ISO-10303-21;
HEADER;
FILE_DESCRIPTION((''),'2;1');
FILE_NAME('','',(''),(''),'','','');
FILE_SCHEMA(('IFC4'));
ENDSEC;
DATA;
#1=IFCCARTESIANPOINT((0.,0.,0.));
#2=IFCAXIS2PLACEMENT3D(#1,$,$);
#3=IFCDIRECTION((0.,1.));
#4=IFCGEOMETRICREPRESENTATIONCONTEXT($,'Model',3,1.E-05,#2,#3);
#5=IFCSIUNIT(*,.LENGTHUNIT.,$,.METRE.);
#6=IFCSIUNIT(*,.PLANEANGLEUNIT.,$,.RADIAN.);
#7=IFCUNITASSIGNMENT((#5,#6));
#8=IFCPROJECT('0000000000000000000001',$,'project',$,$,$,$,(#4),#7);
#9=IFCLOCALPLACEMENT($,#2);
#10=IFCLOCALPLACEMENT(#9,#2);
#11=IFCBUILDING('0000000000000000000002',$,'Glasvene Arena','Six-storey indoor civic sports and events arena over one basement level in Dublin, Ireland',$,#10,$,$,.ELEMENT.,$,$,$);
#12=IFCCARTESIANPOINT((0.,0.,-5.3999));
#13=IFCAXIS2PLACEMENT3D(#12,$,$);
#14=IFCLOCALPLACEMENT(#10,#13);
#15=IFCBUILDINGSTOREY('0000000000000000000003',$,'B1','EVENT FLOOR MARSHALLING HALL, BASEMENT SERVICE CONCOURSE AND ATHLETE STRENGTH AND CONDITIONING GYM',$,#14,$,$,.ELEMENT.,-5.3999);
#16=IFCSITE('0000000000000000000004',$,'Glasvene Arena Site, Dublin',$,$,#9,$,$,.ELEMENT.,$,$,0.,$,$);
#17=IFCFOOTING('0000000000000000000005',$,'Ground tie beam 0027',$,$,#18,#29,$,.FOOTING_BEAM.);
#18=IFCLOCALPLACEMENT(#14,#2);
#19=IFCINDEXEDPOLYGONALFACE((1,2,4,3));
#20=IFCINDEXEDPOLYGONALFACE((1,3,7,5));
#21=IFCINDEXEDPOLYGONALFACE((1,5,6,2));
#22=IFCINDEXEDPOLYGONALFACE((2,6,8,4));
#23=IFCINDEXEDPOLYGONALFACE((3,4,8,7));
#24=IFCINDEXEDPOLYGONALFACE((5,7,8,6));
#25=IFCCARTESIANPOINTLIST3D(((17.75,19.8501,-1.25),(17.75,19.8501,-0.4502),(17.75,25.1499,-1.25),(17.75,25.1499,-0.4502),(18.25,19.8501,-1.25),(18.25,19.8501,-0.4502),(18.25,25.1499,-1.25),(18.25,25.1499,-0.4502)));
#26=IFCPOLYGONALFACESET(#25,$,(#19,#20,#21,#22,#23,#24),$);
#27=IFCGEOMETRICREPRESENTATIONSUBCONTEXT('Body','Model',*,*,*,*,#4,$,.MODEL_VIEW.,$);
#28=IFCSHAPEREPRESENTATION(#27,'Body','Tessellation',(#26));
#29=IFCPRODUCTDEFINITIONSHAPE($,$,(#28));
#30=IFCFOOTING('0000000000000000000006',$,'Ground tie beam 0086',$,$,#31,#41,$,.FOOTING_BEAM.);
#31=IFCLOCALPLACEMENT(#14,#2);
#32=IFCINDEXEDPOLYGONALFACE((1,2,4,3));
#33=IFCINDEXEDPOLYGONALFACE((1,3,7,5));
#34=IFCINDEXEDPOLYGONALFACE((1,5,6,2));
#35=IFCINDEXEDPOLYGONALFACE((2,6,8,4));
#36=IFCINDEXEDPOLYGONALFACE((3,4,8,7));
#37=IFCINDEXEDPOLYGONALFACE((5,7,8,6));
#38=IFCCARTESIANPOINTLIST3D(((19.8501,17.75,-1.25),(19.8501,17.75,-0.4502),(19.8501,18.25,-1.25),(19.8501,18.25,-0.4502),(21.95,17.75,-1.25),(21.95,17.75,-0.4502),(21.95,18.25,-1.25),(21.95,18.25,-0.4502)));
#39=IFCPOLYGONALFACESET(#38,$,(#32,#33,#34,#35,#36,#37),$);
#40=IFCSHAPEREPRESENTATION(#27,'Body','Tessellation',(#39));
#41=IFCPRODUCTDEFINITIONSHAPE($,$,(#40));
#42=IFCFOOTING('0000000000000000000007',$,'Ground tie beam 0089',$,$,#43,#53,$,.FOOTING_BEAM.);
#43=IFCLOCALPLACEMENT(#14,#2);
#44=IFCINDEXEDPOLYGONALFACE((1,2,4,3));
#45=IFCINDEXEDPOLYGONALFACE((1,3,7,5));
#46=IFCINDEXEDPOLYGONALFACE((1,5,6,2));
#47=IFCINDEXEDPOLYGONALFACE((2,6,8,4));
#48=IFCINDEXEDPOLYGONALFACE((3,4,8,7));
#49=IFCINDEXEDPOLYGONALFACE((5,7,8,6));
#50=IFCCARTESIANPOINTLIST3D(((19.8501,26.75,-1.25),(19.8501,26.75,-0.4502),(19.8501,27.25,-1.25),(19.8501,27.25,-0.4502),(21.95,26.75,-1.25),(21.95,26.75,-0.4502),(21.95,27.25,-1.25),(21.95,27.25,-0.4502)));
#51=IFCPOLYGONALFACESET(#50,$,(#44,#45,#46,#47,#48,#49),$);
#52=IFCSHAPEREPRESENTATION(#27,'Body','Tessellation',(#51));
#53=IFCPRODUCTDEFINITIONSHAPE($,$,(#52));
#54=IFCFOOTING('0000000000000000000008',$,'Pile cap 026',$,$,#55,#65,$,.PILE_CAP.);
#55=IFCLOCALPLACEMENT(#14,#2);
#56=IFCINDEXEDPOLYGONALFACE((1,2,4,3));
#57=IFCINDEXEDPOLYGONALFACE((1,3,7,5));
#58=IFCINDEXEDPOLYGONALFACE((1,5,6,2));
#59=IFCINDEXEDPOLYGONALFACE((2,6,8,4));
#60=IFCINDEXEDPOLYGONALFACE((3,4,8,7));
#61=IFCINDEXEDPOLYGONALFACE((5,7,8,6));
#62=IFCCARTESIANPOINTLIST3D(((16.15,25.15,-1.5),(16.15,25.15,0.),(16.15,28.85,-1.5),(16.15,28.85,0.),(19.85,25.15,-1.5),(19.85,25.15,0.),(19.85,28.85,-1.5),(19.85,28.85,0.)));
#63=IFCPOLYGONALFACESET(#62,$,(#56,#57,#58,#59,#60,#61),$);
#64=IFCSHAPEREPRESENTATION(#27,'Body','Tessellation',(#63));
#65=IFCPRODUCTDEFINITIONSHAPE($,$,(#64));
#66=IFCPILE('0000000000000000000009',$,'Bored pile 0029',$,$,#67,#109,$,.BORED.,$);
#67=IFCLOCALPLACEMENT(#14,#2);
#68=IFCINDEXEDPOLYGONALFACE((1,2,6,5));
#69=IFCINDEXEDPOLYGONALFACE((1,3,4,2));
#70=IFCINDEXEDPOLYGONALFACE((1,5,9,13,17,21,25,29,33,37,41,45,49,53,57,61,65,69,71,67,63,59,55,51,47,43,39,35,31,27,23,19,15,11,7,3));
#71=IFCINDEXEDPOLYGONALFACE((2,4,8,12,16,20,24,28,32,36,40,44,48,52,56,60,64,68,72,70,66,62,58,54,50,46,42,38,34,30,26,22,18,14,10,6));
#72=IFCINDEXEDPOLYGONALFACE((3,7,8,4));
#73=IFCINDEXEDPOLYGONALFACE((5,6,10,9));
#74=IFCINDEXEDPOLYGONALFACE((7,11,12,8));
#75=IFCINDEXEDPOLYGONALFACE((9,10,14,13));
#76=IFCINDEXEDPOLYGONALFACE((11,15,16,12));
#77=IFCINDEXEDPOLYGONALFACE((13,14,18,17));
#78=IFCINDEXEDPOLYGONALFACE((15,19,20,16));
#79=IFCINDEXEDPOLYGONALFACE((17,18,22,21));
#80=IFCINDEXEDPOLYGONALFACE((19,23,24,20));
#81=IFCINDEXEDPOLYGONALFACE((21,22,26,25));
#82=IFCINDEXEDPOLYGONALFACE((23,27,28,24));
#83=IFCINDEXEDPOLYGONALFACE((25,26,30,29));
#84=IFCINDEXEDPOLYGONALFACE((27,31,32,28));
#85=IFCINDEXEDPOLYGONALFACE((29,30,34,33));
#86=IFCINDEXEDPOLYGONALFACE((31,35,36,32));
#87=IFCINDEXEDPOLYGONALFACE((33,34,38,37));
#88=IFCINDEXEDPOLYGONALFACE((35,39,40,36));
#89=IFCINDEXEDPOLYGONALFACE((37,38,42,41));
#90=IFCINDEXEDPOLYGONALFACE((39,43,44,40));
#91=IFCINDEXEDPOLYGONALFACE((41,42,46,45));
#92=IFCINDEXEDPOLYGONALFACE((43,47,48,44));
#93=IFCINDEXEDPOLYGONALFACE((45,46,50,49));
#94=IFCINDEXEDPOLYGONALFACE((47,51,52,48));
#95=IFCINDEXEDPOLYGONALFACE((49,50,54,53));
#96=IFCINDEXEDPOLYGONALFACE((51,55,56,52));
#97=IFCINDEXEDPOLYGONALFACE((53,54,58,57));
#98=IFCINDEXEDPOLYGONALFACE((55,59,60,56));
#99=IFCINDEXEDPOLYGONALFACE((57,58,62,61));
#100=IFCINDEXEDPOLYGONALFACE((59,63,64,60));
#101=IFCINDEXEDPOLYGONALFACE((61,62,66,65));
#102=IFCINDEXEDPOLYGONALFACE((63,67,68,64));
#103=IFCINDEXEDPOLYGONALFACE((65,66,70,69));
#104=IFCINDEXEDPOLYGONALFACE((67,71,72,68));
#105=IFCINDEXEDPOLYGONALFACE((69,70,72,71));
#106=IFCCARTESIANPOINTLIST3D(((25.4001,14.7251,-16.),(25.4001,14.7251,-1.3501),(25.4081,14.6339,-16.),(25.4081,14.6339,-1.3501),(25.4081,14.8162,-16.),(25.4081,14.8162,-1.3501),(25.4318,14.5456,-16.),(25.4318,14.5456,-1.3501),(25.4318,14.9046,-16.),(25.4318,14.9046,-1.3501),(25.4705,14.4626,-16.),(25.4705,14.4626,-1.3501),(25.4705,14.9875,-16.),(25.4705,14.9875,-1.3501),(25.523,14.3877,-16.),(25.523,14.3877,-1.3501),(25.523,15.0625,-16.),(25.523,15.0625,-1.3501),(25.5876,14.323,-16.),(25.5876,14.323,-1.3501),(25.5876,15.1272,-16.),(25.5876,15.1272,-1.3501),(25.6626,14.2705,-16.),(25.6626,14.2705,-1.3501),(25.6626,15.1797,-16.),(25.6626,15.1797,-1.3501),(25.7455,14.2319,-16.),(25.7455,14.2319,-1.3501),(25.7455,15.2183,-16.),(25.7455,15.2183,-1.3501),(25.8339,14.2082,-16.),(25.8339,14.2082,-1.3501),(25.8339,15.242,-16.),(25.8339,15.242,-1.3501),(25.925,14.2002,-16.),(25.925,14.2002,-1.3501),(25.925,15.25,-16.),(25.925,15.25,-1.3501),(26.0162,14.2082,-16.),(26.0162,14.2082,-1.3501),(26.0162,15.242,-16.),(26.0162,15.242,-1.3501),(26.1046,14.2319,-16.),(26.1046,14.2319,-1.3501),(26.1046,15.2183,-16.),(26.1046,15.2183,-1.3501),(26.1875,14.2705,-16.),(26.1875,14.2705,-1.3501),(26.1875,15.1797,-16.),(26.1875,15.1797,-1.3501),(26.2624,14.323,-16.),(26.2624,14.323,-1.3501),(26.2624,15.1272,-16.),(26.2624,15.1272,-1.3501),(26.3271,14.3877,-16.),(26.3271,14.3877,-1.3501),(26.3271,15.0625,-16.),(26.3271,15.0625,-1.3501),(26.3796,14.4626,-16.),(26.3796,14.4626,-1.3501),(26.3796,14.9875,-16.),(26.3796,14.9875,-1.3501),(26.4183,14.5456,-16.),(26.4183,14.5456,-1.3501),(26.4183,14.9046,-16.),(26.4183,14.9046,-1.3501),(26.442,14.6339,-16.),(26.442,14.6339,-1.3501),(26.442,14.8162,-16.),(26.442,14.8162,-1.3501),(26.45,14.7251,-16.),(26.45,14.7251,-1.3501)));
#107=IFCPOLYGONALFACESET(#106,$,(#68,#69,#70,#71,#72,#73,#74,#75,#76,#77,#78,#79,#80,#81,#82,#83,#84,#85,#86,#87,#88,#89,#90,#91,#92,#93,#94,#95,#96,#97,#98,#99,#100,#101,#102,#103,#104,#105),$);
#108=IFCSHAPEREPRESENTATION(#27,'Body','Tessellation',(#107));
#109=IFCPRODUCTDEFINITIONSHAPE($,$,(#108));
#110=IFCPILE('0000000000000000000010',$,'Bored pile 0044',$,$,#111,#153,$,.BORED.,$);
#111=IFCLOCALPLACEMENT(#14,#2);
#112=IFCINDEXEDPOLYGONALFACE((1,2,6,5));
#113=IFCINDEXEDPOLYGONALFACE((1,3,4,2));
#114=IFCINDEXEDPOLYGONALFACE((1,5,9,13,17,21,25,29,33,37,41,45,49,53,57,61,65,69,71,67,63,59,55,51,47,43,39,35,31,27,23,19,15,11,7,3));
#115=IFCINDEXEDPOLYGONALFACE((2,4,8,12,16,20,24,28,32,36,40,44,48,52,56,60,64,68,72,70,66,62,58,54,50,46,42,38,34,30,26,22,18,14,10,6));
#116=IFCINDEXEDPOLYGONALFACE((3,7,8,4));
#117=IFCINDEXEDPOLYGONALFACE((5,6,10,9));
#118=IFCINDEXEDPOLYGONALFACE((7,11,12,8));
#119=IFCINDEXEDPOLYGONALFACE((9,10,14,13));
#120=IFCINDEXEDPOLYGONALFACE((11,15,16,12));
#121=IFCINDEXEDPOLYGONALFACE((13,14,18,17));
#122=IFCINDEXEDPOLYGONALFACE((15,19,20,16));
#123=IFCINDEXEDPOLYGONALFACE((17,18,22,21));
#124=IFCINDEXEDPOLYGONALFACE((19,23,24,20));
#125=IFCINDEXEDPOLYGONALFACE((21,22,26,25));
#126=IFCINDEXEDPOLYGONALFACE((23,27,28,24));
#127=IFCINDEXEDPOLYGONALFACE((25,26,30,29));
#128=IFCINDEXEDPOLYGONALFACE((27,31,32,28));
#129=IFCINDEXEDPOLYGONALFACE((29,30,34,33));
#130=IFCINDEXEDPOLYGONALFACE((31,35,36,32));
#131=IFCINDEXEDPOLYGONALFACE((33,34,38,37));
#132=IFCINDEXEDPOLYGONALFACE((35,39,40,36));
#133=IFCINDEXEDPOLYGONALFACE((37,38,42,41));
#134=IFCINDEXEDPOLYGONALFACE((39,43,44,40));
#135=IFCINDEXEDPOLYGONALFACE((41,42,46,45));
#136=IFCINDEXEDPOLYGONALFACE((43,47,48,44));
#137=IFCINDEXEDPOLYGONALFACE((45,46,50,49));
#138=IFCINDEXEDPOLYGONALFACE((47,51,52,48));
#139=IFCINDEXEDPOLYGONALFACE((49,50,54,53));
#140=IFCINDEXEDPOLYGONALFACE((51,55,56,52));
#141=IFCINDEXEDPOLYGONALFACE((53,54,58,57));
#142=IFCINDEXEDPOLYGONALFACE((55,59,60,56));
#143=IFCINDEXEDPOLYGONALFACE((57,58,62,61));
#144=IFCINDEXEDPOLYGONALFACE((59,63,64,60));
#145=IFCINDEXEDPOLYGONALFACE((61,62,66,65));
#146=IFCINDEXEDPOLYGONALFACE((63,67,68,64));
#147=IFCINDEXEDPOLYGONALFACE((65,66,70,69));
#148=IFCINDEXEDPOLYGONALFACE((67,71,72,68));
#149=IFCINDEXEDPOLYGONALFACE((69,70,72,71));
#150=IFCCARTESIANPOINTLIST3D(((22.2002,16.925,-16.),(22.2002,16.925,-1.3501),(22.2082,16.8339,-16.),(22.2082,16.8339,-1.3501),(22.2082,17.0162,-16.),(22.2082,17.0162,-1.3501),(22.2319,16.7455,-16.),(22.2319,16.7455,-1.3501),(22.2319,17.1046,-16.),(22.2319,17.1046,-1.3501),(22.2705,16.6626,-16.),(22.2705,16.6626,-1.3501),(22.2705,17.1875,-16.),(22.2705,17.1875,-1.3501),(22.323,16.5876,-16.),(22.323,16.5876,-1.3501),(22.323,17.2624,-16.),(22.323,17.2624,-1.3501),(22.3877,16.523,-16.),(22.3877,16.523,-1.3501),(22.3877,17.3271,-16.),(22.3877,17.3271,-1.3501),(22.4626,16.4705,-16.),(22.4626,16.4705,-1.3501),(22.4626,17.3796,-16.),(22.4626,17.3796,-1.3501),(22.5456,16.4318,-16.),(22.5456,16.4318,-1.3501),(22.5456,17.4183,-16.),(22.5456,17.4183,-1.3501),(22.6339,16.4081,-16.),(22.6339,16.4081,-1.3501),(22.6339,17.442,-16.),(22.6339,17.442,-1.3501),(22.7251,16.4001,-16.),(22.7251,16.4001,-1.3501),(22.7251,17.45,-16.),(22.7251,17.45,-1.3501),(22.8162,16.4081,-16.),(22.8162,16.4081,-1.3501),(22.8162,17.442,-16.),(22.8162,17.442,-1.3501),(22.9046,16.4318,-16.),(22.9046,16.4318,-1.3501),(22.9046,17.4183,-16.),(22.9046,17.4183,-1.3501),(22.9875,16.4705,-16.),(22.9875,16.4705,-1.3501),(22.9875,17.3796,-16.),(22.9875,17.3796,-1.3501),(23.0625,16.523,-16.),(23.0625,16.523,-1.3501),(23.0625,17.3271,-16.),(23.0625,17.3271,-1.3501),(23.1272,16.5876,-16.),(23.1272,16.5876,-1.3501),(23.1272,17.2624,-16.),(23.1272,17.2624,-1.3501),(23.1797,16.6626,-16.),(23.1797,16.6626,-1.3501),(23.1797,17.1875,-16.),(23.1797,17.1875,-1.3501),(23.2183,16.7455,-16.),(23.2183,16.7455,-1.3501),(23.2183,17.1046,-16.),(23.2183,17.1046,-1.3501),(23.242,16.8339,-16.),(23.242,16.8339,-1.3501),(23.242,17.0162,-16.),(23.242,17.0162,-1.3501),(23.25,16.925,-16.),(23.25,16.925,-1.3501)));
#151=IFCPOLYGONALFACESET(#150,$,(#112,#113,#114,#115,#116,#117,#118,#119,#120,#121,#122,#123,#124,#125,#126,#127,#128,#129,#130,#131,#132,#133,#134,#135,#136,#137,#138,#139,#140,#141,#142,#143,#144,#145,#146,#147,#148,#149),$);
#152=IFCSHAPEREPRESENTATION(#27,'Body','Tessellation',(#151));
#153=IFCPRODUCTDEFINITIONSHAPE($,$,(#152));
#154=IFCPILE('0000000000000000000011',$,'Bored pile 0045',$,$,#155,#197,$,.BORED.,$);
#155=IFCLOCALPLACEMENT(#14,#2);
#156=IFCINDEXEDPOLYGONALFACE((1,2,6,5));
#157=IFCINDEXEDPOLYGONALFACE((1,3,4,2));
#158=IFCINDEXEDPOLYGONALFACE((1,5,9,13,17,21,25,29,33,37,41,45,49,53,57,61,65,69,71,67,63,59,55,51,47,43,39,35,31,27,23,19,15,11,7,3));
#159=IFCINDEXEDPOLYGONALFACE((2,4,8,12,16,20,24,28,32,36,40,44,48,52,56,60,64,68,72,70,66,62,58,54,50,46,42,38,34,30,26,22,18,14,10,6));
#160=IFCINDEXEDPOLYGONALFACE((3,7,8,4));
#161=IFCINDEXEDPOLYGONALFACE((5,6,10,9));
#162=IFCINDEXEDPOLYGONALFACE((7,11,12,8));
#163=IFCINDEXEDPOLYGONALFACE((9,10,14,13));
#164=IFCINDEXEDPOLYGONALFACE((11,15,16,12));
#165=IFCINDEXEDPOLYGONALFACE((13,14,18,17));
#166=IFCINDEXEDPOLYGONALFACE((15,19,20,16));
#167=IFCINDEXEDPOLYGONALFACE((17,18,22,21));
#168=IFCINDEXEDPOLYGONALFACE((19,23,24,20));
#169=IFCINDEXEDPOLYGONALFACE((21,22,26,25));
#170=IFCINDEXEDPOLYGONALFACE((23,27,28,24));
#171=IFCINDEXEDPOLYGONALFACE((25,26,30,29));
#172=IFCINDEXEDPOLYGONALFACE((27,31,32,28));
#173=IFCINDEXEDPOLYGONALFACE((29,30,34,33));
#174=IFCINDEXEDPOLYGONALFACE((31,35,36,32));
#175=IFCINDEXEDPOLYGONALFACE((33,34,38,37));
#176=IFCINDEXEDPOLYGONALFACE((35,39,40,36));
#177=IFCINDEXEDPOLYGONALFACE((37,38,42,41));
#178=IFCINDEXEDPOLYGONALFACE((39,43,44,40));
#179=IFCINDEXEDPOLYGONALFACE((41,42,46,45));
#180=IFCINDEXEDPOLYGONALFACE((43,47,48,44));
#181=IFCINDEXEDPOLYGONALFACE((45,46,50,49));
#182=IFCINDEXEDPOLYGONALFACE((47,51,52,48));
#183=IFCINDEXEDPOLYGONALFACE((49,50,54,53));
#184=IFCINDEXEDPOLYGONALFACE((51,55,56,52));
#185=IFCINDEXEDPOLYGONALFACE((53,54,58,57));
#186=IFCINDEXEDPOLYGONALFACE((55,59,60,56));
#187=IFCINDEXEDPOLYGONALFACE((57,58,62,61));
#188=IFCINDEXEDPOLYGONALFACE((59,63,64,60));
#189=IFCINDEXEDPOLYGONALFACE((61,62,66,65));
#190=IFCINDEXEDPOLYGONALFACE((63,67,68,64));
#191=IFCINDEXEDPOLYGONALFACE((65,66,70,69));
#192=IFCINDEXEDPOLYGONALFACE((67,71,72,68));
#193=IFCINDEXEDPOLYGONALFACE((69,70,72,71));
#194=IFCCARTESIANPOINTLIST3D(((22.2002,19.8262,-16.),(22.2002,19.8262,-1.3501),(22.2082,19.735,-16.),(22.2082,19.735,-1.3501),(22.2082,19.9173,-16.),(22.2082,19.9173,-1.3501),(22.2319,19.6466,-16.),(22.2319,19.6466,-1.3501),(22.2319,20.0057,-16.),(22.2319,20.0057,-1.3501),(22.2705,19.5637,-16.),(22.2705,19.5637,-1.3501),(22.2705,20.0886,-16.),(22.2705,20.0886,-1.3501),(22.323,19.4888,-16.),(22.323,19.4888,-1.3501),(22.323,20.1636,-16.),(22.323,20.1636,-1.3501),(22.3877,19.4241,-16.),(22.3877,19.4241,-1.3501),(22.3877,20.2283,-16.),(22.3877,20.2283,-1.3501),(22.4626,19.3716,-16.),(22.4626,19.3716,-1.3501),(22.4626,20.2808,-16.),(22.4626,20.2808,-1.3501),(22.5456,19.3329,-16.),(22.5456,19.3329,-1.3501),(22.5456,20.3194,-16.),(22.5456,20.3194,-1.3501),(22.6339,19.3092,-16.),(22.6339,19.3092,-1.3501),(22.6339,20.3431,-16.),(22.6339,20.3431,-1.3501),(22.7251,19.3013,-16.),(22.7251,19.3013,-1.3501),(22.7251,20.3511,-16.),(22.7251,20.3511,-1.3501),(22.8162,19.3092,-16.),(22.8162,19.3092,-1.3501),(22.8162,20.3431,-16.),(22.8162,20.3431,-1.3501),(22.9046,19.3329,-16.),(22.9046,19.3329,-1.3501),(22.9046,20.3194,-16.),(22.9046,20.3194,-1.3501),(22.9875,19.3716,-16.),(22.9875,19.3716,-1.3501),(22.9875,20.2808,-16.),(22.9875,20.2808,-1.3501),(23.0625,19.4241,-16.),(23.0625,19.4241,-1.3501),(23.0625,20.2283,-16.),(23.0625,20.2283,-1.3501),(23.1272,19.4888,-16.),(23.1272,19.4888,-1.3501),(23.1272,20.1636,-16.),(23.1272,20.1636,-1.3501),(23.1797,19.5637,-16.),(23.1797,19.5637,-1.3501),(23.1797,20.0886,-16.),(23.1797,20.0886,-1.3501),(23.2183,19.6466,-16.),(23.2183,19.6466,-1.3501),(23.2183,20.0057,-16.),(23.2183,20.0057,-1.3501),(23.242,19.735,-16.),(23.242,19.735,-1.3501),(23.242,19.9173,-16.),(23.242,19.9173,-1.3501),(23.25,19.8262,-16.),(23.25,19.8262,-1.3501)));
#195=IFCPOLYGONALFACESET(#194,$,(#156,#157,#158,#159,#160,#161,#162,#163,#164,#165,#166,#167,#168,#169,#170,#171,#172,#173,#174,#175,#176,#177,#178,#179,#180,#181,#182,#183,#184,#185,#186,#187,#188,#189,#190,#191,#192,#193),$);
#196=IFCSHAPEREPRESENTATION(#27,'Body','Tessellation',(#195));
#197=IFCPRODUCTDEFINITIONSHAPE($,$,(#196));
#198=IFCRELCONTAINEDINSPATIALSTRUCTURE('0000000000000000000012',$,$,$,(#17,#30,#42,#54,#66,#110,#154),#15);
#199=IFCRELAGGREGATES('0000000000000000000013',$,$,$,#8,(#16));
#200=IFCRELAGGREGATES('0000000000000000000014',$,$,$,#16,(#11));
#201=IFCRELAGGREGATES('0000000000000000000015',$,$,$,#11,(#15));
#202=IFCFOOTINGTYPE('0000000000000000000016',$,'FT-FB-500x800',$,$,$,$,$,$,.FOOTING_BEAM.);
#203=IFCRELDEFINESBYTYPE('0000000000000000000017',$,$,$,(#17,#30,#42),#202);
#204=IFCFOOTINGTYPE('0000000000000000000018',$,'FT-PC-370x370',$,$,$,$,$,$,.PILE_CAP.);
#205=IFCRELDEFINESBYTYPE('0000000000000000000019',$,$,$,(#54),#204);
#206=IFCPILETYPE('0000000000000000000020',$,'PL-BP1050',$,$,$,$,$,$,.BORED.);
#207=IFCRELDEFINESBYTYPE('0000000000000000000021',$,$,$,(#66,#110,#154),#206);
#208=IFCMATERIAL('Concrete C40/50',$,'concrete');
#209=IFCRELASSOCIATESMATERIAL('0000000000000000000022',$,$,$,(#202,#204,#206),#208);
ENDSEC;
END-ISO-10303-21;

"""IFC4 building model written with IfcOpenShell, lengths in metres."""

from ifc_helpers import new_model, si_unit, direction, frame, origin, origin_2d, place, context, subcontext, project, spatial, polyline, rectangle, circle, outline, extrude, material, material_profile, profile_set, type_object, element, save


model = new_model("IFC4")

# Units and contexts
model_context = context("Model", 3, precision=1e-05, world=origin(), true_north=direction((0.0, 1.0)))
body_context = subcontext(model_context, "Body", "Model", "MODEL_VIEW")
ifc_project = project(units=[si_unit("LENGTHUNIT", "METRE"), si_unit("PLANEANGLEUNIT", "RADIAN")], contexts=[model_context])

# Site, building, storey
site_placement = place(None, origin())
site = spatial("IfcSite", under=ifc_project, at=site_placement, Name="Glasvene Arena Site, Dublin", CompositionType="ELEMENT", RefElevation=0.0)
building_placement = place(site_placement, origin())
building = spatial("IfcBuilding", under=site, at=building_placement, Name="Glasvene Arena", Description="Six-storey indoor civic sports and events arena over one basement level in Dublin, Ireland", CompositionType="ELEMENT")
storey_placement = place(building_placement, frame((0.0, 0.0, -5.3999)))
storey = spatial("IfcBuildingStorey", under=building, at=storey_placement, Name="B1", Description="EVENT FLOOR MARSHALLING HALL, BASEMENT SERVICE CONCOURSE AND ATHLETE STRENGTH AND CONDITIONING GYM", CompositionType="ELEMENT", Elevation=-5.3999)

# Footings
ifc_material_1 = material(Name="Concrete C40/50", Category="concrete")
footing_type_1 = type_object("IfcFootingType", Name="FT-FB-500x800", PredefinedType="FOOTING_BEAM", material=ifc_material_1)
footing_1_placement = place(storey_placement, frame((18.0, 22.5, -1.25)))
element("IfcFooting", 1, at=footing_1_placement, inside=storey, type_object=footing_type_1, Name="Ground tie beam 0027", PredefinedType="FOOTING_BEAM", context=body_context, shape_type="SweptSolid", body=[
    extrude(outline(polyline([(-0.25, -2.6499), (0.25, -2.6499), (0.25, 2.6499), (-0.25, 2.6499), (-0.25, -2.6499)])), origin(), (0.0, 0.0, 1.0), 0.7998),
])
for number, where, name in (
    (2, (20.8999, 18.0, -1.25), "Ground tie beam 0086"),
    (3, (20.8999, 27.0, -1.25), "Ground tie beam 0089"),
):
    element("IfcFooting", number, at=place(storey_placement, frame(where)), inside=storey, type_object=footing_type_1, Name=name, PredefinedType="FOOTING_BEAM", context=body_context, shape_type="SweptSolid", body=[
        extrude(outline(polyline([(-1.0498, -0.25), (1.05, -0.25), (1.05, 0.25), (-1.0498, 0.25), (-1.0498, -0.25)])), origin(), (0.0, 0.0, 1.0), 0.7998),
    ])
footing_type_2 = type_object("IfcFootingType", Name="FT-PC-370x370", PredefinedType="PILE_CAP", material=ifc_material_1)
footing_2_placement = place(storey_placement, frame((18.0, 27.0, -1.5), z_axis=(0.0, 0.0, 1.0), x_axis=(1.0, 0.0, 0.0)))
element("IfcFooting", 4, at=footing_2_placement, inside=storey, type_object=footing_type_2, Name="Pile cap 026", PredefinedType="PILE_CAP", context=body_context, shape_type="SweptSolid", body=[
    extrude(rectangle(XDim=3.7, YDim=3.7, at=origin_2d()), origin(), (0.0, 0.0, 1.0), 1.5),
])

# Piles
ifc_material_profile_1 = material_profile(ifc_material_1, circle(Radius=0.5249, at=origin_2d()), Name="BORED PILE 1050")
ifc_profile_set_1 = profile_set([ifc_material_profile_1], Name="Concrete C40/50")
pile_type_1 = type_object("IfcPileType", Name="PL-BP1050", PredefinedType="BORED", material=ifc_profile_set_1)
for number, where, z_axis, x_axis, name in (
    (5, (25.925, 14.7251, -1.3501), (0.0, 0.0, -1.0), (1.0, 0.0, 0.0), "Bored pile 0029"),
    (6, (22.7251, 16.925, -1.3501), (0.0, 0.0, -1.0), (1.0, 0.0, 0.0), "Bored pile 0044"),
    (7, (22.7251, 19.8262, -1.3501), (0.0, 0.0, -1.0), (1.0, 0.0, 0.0), "Bored pile 0045"),
):
    element("IfcPile", number, at=place(storey_placement, frame(where, z_axis=z_axis, x_axis=x_axis)), inside=storey, type_object=pile_type_1, Name=name, PredefinedType="BORED", context=body_context, shape_type="SweptSolid", body=[
        extrude(circle(Radius=0.5249, at=origin_2d()), origin(), (0.0, 0.0, 1.0), 14.6499),
    ])

save(model, "model.ifc")
